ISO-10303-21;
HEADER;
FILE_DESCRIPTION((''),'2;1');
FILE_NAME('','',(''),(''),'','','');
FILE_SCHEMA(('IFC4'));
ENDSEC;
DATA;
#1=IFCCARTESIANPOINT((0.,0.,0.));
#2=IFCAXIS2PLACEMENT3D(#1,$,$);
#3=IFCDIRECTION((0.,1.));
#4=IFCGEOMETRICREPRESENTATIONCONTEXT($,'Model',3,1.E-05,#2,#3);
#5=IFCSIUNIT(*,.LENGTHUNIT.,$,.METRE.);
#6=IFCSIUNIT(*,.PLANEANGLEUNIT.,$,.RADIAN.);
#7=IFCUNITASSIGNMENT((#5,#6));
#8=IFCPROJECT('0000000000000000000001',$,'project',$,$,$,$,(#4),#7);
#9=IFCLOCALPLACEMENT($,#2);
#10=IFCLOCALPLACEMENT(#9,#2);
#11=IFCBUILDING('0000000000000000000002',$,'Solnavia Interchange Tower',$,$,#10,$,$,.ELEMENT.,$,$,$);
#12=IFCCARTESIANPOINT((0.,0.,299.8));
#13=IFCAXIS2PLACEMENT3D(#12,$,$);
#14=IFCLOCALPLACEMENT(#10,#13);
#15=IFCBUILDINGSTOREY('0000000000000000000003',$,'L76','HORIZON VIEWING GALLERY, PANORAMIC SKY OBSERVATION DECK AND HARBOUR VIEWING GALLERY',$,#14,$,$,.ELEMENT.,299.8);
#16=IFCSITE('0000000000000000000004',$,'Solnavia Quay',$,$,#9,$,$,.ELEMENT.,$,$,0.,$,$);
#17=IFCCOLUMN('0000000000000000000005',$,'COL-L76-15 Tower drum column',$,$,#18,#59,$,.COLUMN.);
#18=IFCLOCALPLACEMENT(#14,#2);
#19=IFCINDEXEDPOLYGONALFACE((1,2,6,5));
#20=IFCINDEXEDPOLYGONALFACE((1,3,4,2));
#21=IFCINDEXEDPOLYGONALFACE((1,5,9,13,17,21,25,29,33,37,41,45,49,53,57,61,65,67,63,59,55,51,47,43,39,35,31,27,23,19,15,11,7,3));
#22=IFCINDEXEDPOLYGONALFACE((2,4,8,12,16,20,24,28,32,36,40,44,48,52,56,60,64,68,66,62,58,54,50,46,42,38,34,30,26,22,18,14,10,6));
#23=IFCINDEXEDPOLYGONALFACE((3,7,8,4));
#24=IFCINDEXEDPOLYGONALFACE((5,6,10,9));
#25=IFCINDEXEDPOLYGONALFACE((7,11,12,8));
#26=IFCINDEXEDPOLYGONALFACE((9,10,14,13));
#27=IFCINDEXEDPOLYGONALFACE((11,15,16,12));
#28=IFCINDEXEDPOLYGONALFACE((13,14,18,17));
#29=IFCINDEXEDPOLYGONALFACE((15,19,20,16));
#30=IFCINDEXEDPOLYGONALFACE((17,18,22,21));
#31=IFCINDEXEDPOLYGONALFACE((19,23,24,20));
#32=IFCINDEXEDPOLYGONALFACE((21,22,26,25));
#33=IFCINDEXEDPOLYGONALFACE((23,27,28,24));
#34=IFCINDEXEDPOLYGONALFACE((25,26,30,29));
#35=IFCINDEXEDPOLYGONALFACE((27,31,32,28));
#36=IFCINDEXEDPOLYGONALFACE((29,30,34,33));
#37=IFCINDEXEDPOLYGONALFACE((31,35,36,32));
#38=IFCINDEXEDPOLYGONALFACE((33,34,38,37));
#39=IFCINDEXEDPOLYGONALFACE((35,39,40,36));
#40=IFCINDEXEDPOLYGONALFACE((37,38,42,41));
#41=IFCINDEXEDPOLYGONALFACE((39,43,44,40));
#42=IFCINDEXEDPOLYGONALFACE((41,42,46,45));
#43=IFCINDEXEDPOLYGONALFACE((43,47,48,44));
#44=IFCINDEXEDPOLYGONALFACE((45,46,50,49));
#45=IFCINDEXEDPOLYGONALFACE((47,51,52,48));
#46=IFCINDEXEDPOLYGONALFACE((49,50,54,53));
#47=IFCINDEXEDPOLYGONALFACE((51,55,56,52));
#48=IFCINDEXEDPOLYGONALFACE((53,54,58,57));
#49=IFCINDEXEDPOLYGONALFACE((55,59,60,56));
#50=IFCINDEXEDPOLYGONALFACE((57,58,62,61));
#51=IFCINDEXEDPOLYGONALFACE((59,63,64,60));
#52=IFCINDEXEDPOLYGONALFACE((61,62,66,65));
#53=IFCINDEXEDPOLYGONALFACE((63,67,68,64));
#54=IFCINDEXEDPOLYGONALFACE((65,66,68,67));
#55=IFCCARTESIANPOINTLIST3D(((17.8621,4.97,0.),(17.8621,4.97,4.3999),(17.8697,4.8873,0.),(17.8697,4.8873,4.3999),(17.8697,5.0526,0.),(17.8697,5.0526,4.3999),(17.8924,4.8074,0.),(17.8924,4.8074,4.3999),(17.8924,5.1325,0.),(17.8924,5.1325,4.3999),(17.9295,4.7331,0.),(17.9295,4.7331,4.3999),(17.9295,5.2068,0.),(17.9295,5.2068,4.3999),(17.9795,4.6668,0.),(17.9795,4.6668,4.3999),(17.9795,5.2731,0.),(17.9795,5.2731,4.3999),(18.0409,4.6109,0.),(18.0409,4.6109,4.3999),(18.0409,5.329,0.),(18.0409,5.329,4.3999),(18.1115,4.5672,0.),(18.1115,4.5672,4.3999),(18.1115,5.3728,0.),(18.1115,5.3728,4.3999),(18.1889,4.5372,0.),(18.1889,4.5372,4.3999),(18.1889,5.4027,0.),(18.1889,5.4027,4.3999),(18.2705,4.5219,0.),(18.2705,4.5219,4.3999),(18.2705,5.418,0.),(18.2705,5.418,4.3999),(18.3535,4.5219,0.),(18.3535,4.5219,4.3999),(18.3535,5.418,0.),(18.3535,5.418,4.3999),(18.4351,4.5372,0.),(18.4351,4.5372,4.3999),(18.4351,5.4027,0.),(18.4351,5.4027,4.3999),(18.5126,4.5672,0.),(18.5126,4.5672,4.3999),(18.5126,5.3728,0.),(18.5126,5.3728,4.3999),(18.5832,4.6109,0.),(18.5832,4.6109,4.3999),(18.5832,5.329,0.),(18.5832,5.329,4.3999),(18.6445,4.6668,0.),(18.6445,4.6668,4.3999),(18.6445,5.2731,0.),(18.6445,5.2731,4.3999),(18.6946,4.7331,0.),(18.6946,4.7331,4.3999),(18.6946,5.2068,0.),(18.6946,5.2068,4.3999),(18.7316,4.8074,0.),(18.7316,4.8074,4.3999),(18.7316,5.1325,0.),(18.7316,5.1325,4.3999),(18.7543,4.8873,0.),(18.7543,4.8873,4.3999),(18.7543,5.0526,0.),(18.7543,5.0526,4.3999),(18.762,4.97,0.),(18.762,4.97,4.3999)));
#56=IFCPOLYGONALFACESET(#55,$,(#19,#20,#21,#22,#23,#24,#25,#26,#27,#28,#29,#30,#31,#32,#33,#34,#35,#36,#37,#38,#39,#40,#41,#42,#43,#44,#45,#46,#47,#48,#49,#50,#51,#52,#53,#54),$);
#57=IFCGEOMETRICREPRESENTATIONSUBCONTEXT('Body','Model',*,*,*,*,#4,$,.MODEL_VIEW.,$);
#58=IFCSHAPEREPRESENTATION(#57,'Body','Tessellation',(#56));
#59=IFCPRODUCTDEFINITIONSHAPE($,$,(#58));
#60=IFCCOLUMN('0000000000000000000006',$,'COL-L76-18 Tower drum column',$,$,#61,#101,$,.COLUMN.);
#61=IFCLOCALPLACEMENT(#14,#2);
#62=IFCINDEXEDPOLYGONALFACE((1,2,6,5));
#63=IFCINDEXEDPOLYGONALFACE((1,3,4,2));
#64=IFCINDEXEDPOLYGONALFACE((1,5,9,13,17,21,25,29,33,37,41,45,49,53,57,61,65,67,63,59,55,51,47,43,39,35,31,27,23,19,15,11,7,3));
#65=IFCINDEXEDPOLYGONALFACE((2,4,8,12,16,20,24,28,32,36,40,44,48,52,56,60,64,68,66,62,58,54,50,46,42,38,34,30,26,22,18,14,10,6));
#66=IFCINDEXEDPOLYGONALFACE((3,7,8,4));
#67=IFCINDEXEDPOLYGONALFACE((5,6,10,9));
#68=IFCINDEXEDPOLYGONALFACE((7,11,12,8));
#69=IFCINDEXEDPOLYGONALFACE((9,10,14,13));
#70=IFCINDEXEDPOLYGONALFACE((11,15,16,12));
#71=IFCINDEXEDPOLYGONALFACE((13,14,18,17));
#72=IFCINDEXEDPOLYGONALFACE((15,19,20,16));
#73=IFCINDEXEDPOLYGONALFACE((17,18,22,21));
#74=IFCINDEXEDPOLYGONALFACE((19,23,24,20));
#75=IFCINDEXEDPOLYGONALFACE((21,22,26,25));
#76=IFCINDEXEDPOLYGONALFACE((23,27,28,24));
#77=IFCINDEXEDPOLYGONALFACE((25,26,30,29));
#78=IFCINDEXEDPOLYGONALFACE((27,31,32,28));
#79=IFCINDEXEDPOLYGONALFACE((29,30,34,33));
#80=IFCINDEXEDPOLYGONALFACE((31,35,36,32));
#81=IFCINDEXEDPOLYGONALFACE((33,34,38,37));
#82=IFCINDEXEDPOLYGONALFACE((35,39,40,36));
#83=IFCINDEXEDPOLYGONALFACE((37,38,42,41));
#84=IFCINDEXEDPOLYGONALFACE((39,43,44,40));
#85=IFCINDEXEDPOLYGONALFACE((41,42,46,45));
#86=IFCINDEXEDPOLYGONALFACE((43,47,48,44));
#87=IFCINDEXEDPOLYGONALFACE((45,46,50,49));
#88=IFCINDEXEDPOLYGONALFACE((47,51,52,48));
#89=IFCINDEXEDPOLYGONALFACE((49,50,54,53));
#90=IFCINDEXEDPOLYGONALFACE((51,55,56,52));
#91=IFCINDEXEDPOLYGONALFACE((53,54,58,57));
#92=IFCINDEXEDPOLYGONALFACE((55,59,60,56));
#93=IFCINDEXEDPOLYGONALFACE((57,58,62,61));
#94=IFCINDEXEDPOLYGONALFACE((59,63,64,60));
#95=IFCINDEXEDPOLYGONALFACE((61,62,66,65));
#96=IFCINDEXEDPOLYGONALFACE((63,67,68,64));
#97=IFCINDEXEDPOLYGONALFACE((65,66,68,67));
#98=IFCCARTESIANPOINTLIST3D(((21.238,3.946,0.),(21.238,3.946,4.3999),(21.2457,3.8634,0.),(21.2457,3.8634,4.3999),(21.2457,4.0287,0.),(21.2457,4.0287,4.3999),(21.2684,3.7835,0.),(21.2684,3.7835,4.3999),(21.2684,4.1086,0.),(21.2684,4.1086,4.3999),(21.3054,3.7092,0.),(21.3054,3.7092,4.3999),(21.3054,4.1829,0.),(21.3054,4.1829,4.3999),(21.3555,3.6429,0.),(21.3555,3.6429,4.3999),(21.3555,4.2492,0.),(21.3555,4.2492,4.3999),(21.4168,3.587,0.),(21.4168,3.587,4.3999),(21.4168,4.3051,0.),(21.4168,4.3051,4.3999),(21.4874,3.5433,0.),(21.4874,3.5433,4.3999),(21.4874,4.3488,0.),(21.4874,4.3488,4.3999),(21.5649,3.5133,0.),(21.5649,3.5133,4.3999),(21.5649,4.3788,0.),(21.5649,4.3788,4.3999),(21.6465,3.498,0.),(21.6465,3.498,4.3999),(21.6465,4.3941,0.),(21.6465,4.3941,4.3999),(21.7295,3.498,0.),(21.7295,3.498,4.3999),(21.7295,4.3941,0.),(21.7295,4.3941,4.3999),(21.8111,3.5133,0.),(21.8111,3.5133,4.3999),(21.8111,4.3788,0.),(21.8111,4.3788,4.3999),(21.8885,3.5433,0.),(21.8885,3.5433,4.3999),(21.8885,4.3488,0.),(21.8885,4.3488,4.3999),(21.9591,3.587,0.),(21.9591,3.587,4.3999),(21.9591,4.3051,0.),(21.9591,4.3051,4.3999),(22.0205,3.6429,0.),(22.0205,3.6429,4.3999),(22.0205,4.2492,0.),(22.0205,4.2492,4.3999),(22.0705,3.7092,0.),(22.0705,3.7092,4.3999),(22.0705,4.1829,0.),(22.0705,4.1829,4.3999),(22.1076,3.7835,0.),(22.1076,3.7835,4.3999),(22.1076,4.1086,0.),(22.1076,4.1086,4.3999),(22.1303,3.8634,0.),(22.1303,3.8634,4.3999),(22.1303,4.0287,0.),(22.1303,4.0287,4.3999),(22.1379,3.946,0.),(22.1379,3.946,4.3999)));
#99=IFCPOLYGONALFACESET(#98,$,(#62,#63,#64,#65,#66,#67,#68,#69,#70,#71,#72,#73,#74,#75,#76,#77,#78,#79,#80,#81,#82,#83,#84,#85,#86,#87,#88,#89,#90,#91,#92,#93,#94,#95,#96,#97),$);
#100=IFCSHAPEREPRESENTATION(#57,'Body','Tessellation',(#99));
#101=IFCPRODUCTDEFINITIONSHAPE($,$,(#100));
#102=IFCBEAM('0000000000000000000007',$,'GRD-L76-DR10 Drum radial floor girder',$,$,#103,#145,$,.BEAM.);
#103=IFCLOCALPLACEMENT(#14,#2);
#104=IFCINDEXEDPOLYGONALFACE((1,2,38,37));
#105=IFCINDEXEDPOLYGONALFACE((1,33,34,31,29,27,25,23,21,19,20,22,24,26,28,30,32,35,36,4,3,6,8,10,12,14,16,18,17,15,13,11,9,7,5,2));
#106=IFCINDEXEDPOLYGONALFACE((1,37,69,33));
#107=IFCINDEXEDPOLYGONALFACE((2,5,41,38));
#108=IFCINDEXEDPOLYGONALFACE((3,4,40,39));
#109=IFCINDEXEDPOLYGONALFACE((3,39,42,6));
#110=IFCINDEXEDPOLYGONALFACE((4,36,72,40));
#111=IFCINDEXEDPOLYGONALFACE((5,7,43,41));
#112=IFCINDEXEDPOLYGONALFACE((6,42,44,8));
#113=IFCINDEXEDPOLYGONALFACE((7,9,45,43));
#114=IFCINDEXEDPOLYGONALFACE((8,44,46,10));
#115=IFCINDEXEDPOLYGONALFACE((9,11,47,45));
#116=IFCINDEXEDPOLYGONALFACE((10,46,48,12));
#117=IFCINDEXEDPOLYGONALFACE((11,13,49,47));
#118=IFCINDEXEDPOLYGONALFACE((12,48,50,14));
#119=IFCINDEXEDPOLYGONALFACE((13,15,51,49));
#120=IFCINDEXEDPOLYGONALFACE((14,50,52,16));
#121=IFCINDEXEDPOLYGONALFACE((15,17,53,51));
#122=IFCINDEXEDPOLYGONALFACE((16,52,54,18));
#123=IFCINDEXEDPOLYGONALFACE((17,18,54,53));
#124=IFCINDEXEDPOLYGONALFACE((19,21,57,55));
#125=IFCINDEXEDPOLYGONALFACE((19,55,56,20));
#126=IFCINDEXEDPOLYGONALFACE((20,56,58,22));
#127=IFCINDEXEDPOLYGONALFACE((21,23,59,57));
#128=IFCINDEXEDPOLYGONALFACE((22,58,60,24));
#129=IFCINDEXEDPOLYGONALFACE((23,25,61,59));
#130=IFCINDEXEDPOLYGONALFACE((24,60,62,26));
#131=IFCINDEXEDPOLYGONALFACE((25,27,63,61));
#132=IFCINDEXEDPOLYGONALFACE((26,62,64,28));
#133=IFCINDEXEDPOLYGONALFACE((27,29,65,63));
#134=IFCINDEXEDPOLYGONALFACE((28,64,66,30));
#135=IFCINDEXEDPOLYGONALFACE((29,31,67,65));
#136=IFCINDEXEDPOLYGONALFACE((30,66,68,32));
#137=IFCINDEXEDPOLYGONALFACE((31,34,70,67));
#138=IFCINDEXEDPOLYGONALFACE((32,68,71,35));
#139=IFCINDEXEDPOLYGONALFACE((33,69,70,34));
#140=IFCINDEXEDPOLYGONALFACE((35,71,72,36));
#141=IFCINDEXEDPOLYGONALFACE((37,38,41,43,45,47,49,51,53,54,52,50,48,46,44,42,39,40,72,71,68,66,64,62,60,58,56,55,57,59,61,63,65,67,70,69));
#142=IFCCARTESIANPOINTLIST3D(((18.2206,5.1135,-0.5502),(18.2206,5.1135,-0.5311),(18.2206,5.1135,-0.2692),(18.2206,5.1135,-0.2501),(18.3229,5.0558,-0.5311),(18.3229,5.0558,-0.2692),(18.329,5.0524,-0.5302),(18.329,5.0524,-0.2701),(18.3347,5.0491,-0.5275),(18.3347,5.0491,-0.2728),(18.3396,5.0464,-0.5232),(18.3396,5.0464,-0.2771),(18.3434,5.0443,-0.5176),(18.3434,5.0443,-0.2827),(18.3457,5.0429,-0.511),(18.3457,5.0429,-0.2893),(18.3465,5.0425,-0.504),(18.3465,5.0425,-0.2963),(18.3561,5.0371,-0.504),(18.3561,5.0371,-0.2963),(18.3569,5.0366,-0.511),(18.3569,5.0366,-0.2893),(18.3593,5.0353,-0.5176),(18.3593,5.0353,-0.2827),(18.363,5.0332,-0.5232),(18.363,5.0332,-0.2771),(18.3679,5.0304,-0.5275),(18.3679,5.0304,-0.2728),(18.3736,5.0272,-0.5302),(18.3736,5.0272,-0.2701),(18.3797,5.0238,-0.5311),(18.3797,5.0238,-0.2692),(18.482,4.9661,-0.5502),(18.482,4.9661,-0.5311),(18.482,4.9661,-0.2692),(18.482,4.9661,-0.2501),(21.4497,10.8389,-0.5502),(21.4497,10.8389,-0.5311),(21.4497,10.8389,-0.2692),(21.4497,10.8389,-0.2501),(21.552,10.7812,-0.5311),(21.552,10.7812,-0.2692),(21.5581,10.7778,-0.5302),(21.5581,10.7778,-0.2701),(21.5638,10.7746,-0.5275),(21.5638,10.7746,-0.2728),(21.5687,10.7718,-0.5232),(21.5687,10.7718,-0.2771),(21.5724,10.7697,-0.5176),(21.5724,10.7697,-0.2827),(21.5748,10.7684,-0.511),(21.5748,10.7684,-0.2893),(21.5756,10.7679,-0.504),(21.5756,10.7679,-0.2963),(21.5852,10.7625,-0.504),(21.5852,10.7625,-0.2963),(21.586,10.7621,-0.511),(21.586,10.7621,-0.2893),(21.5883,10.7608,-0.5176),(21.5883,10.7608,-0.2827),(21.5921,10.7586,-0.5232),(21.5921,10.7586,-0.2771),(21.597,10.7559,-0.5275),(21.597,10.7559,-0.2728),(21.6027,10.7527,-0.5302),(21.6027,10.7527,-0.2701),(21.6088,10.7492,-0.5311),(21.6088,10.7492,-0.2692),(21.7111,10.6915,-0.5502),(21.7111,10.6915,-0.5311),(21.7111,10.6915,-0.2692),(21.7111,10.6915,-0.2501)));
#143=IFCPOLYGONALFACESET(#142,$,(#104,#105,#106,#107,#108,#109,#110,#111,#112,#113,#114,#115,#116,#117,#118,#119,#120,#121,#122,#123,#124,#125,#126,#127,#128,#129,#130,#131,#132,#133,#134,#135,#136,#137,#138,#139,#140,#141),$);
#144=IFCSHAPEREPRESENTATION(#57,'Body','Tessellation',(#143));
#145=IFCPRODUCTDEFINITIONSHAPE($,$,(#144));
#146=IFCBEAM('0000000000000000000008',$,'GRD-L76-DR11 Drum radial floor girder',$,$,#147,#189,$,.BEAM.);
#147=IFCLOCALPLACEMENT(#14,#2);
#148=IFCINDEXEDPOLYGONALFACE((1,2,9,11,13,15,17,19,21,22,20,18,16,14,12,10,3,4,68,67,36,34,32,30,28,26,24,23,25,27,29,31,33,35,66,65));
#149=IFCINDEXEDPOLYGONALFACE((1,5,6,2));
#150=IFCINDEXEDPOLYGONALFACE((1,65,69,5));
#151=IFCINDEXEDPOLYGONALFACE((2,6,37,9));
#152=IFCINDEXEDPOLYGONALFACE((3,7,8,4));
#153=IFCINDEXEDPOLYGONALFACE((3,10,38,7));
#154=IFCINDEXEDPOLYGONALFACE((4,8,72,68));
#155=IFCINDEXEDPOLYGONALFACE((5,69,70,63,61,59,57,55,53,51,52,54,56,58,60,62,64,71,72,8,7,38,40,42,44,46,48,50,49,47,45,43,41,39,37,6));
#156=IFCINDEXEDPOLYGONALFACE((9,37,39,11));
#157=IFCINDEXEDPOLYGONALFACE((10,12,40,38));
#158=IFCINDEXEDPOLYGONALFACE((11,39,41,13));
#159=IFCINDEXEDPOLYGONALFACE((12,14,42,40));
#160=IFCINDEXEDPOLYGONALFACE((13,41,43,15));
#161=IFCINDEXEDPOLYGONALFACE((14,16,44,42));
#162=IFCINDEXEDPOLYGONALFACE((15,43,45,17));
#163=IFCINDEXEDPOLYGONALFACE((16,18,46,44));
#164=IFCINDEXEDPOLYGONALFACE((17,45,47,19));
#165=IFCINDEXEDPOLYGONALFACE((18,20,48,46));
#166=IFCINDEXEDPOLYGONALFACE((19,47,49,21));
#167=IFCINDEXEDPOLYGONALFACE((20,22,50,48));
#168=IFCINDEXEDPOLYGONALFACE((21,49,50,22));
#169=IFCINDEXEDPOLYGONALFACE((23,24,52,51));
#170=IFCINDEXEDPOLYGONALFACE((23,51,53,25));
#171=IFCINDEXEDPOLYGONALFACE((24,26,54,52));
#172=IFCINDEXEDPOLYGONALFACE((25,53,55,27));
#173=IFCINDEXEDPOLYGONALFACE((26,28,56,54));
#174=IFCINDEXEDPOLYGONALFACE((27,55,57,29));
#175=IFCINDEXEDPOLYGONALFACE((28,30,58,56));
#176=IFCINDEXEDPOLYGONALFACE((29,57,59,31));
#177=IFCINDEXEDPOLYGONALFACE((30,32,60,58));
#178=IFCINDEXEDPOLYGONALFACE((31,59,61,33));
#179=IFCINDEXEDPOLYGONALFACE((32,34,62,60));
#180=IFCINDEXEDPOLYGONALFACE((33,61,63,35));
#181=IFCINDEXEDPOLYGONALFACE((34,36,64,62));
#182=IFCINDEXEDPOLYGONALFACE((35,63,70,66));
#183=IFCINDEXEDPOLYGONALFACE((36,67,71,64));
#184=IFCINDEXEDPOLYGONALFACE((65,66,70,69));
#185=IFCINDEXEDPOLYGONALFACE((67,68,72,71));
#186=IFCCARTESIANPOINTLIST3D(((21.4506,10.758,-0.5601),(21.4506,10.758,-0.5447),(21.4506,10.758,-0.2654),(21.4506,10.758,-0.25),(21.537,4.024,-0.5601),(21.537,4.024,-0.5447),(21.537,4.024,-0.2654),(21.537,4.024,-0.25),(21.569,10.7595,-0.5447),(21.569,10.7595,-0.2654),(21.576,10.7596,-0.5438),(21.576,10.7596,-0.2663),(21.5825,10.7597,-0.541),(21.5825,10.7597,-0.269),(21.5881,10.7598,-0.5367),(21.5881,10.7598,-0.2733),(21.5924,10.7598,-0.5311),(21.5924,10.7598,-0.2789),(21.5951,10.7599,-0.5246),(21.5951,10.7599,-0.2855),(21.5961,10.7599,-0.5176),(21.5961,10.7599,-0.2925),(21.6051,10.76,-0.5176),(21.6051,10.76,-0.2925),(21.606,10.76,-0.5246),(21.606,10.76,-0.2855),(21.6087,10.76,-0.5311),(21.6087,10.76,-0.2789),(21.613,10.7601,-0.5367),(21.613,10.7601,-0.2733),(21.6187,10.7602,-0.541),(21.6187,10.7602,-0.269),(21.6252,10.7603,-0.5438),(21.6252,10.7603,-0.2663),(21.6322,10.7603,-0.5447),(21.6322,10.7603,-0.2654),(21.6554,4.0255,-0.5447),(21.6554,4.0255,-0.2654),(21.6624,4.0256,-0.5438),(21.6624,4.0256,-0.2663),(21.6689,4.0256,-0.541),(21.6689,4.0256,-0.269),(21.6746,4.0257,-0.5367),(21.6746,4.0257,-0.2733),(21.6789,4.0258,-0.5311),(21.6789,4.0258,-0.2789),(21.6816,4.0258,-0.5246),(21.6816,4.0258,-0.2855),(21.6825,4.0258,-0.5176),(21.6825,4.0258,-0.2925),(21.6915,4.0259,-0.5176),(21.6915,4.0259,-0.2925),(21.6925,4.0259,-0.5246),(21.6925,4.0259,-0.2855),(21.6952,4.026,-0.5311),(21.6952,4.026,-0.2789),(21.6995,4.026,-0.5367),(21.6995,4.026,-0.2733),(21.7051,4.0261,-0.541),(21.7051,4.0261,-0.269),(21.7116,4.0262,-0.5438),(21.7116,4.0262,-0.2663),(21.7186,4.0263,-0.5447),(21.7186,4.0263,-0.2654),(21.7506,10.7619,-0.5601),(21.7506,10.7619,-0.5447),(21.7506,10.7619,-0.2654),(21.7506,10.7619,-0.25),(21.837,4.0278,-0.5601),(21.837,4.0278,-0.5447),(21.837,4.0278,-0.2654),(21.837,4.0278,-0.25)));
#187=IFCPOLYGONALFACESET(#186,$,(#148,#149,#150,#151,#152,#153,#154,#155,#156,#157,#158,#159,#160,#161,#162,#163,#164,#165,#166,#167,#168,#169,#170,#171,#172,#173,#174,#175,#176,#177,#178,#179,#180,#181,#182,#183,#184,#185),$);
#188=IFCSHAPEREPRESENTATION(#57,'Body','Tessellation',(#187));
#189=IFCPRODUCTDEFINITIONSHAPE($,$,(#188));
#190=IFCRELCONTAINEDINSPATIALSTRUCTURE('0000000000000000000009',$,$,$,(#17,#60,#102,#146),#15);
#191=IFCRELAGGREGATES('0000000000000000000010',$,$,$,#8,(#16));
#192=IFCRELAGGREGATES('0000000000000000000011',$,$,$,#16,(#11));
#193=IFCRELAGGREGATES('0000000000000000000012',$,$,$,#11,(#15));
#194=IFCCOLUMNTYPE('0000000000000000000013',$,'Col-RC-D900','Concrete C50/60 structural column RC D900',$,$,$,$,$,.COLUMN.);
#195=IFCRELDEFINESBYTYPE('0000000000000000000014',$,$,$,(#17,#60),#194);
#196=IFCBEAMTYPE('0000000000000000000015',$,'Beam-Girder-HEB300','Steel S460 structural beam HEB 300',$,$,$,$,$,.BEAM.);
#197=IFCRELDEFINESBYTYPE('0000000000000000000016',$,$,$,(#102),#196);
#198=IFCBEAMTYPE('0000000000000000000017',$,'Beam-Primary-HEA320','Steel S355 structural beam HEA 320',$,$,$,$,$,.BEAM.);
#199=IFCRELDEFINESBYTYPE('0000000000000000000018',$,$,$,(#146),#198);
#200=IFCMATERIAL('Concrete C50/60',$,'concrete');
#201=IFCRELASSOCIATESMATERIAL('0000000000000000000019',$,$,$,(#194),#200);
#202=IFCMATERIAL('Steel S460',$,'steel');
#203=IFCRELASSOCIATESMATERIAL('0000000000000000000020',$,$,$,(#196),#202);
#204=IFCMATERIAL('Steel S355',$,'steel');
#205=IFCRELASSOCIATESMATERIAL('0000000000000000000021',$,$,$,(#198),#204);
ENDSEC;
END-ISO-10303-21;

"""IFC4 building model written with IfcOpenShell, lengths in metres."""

from ifc_helpers import new_model, si_unit, direction, frame, origin, origin_2d, place, context, subcontext, project, spatial, circle, i_section, extrude, material, material_profile, profile_set, type_object, element, save


model = new_model("IFC4")

# Units and contexts
model_context = context("Model", 3, precision=1e-05, world=origin(), true_north=direction((0.0, 1.0)))
body_context = subcontext(model_context, "Body", "Model", "MODEL_VIEW")
ifc_project = project(units=[si_unit("LENGTHUNIT", "METRE"), si_unit("PLANEANGLEUNIT", "RADIAN")], contexts=[model_context])

# Site, building, storey
site_placement = place(None, origin())
site = spatial("IfcSite", under=ifc_project, at=site_placement, Name="Solnavia Quay", CompositionType="ELEMENT", RefElevation=0.0)
building_placement = place(site_placement, origin())
building = spatial("IfcBuilding", under=site, at=building_placement, Name="Solnavia Interchange Tower", CompositionType="ELEMENT")
storey_placement = place(building_placement, frame((0.0, 0.0, 299.8)))
storey = spatial("IfcBuildingStorey", under=building, at=storey_placement, Name="L76", Description="HORIZON VIEWING GALLERY, PANORAMIC SKY OBSERVATION DECK AND HARBOUR VIEWING GALLERY", CompositionType="ELEMENT", Elevation=299.8)

# Columns
ifc_material_1 = material(Name="Concrete C50/60", Category="concrete")
ifc_material_profile_1 = material_profile(ifc_material_1, circle(Radius=0.45, at=origin_2d()), Name="RC D900")
ifc_profile_set_1 = profile_set([ifc_material_profile_1], Name="Concrete C50/60")
column_type = type_object("IfcColumnType", Name="Col-RC-D900", Description="Concrete C50/60 structural column RC D900", PredefinedType="COLUMN", material=ifc_profile_set_1)
for number, where, z_axis, x_axis, name in (
    (1, (18.312, 4.97, 0.0), (0.0, 0.0, 1.0), (1.0, 0.0, 0.0), "COL-L76-15 Tower drum column"),
    (2, (21.688, 3.946, 0.0), (0.0, 0.0, 1.0), (1.0, 0.0, 0.0), "COL-L76-18 Tower drum column"),
):
    element("IfcColumn", number, at=place(storey_placement, frame(where, z_axis=z_axis, x_axis=x_axis)), inside=storey, type_object=column_type, Name=name, PredefinedType="COLUMN", context=body_context, shape_type="SweptSolid", body=[
        extrude(circle(Radius=0.45, at=origin_2d()), origin(), (0.0, 0.0, 1.0), 4.3999),
    ])

# Beams
ifc_material_2 = material(Name="Steel S460", Category="steel")
ifc_material_profile_2 = material_profile(ifc_material_2, i_section(OverallWidth=0.3, OverallDepth=0.3, WebThickness=0.011, FlangeThickness=0.019, FilletRadius=0.0271, at=origin_2d()), Name="HEB 300")
ifc_profile_set_2 = profile_set([ifc_material_profile_2], Name="Steel S460")
beam_type_1 = type_object("IfcBeamType", Name="Beam-Girder-HEB300", Description="Steel S460 structural beam HEB 300", PredefinedType="BEAM", material=ifc_profile_set_2)
beam_1_placement = place(storey_placement, frame((18.3513, 5.0398, -0.4001), z_axis=(0.491243, 0.871022, 0.0), x_axis=(-0.871022, 0.491243, 0.0)))
element("IfcBeam", 3, at=beam_1_placement, inside=storey, type_object=beam_type_1, Name="GRD-L76-DR10 Drum radial floor girder", PredefinedType="BEAM", context=body_context, shape_type="SweptSolid", body=[
    extrude(i_section(OverallWidth=0.3, OverallDepth=0.3, WebThickness=0.011, FlangeThickness=0.019, FilletRadius=0.0271, at=origin_2d()), origin(), (0.0, 0.0, 1.0), 6.5732),
])
ifc_material_3 = material(Name="Steel S355", Category="steel")
ifc_material_profile_3 = material_profile(ifc_material_3, i_section(OverallWidth=0.3, OverallDepth=0.3101, WebThickness=0.009, FlangeThickness=0.0154, FilletRadius=0.0271, at=origin_2d()), Name="HEA 320")
ifc_profile_set_3 = profile_set([ifc_material_profile_3], Name="Steel S355")
beam_type_2 = type_object("IfcBeamType", Name="Beam-Primary-HEA320", Description="Steel S355 structural beam HEA 320", PredefinedType="BEAM", material=ifc_profile_set_3)
beam_2_placement = place(storey_placement, frame((21.687, 4.0259, -0.405), z_axis=(-0.012833, 0.999918, 0.0), x_axis=(-0.999918, -0.012833, 0.0)))
element("IfcBeam", 4, at=beam_2_placement, inside=storey, type_object=beam_type_2, Name="GRD-L76-DR11 Drum radial floor girder", PredefinedType="BEAM", context=body_context, shape_type="SweptSolid", body=[
    extrude(i_section(OverallWidth=0.3, OverallDepth=0.3101, WebThickness=0.009, FlangeThickness=0.0154, FilletRadius=0.0271, at=origin_2d()), origin(), (0.0, 0.0, 1.0), 6.7346),
])

save(model, "model.ifc")
